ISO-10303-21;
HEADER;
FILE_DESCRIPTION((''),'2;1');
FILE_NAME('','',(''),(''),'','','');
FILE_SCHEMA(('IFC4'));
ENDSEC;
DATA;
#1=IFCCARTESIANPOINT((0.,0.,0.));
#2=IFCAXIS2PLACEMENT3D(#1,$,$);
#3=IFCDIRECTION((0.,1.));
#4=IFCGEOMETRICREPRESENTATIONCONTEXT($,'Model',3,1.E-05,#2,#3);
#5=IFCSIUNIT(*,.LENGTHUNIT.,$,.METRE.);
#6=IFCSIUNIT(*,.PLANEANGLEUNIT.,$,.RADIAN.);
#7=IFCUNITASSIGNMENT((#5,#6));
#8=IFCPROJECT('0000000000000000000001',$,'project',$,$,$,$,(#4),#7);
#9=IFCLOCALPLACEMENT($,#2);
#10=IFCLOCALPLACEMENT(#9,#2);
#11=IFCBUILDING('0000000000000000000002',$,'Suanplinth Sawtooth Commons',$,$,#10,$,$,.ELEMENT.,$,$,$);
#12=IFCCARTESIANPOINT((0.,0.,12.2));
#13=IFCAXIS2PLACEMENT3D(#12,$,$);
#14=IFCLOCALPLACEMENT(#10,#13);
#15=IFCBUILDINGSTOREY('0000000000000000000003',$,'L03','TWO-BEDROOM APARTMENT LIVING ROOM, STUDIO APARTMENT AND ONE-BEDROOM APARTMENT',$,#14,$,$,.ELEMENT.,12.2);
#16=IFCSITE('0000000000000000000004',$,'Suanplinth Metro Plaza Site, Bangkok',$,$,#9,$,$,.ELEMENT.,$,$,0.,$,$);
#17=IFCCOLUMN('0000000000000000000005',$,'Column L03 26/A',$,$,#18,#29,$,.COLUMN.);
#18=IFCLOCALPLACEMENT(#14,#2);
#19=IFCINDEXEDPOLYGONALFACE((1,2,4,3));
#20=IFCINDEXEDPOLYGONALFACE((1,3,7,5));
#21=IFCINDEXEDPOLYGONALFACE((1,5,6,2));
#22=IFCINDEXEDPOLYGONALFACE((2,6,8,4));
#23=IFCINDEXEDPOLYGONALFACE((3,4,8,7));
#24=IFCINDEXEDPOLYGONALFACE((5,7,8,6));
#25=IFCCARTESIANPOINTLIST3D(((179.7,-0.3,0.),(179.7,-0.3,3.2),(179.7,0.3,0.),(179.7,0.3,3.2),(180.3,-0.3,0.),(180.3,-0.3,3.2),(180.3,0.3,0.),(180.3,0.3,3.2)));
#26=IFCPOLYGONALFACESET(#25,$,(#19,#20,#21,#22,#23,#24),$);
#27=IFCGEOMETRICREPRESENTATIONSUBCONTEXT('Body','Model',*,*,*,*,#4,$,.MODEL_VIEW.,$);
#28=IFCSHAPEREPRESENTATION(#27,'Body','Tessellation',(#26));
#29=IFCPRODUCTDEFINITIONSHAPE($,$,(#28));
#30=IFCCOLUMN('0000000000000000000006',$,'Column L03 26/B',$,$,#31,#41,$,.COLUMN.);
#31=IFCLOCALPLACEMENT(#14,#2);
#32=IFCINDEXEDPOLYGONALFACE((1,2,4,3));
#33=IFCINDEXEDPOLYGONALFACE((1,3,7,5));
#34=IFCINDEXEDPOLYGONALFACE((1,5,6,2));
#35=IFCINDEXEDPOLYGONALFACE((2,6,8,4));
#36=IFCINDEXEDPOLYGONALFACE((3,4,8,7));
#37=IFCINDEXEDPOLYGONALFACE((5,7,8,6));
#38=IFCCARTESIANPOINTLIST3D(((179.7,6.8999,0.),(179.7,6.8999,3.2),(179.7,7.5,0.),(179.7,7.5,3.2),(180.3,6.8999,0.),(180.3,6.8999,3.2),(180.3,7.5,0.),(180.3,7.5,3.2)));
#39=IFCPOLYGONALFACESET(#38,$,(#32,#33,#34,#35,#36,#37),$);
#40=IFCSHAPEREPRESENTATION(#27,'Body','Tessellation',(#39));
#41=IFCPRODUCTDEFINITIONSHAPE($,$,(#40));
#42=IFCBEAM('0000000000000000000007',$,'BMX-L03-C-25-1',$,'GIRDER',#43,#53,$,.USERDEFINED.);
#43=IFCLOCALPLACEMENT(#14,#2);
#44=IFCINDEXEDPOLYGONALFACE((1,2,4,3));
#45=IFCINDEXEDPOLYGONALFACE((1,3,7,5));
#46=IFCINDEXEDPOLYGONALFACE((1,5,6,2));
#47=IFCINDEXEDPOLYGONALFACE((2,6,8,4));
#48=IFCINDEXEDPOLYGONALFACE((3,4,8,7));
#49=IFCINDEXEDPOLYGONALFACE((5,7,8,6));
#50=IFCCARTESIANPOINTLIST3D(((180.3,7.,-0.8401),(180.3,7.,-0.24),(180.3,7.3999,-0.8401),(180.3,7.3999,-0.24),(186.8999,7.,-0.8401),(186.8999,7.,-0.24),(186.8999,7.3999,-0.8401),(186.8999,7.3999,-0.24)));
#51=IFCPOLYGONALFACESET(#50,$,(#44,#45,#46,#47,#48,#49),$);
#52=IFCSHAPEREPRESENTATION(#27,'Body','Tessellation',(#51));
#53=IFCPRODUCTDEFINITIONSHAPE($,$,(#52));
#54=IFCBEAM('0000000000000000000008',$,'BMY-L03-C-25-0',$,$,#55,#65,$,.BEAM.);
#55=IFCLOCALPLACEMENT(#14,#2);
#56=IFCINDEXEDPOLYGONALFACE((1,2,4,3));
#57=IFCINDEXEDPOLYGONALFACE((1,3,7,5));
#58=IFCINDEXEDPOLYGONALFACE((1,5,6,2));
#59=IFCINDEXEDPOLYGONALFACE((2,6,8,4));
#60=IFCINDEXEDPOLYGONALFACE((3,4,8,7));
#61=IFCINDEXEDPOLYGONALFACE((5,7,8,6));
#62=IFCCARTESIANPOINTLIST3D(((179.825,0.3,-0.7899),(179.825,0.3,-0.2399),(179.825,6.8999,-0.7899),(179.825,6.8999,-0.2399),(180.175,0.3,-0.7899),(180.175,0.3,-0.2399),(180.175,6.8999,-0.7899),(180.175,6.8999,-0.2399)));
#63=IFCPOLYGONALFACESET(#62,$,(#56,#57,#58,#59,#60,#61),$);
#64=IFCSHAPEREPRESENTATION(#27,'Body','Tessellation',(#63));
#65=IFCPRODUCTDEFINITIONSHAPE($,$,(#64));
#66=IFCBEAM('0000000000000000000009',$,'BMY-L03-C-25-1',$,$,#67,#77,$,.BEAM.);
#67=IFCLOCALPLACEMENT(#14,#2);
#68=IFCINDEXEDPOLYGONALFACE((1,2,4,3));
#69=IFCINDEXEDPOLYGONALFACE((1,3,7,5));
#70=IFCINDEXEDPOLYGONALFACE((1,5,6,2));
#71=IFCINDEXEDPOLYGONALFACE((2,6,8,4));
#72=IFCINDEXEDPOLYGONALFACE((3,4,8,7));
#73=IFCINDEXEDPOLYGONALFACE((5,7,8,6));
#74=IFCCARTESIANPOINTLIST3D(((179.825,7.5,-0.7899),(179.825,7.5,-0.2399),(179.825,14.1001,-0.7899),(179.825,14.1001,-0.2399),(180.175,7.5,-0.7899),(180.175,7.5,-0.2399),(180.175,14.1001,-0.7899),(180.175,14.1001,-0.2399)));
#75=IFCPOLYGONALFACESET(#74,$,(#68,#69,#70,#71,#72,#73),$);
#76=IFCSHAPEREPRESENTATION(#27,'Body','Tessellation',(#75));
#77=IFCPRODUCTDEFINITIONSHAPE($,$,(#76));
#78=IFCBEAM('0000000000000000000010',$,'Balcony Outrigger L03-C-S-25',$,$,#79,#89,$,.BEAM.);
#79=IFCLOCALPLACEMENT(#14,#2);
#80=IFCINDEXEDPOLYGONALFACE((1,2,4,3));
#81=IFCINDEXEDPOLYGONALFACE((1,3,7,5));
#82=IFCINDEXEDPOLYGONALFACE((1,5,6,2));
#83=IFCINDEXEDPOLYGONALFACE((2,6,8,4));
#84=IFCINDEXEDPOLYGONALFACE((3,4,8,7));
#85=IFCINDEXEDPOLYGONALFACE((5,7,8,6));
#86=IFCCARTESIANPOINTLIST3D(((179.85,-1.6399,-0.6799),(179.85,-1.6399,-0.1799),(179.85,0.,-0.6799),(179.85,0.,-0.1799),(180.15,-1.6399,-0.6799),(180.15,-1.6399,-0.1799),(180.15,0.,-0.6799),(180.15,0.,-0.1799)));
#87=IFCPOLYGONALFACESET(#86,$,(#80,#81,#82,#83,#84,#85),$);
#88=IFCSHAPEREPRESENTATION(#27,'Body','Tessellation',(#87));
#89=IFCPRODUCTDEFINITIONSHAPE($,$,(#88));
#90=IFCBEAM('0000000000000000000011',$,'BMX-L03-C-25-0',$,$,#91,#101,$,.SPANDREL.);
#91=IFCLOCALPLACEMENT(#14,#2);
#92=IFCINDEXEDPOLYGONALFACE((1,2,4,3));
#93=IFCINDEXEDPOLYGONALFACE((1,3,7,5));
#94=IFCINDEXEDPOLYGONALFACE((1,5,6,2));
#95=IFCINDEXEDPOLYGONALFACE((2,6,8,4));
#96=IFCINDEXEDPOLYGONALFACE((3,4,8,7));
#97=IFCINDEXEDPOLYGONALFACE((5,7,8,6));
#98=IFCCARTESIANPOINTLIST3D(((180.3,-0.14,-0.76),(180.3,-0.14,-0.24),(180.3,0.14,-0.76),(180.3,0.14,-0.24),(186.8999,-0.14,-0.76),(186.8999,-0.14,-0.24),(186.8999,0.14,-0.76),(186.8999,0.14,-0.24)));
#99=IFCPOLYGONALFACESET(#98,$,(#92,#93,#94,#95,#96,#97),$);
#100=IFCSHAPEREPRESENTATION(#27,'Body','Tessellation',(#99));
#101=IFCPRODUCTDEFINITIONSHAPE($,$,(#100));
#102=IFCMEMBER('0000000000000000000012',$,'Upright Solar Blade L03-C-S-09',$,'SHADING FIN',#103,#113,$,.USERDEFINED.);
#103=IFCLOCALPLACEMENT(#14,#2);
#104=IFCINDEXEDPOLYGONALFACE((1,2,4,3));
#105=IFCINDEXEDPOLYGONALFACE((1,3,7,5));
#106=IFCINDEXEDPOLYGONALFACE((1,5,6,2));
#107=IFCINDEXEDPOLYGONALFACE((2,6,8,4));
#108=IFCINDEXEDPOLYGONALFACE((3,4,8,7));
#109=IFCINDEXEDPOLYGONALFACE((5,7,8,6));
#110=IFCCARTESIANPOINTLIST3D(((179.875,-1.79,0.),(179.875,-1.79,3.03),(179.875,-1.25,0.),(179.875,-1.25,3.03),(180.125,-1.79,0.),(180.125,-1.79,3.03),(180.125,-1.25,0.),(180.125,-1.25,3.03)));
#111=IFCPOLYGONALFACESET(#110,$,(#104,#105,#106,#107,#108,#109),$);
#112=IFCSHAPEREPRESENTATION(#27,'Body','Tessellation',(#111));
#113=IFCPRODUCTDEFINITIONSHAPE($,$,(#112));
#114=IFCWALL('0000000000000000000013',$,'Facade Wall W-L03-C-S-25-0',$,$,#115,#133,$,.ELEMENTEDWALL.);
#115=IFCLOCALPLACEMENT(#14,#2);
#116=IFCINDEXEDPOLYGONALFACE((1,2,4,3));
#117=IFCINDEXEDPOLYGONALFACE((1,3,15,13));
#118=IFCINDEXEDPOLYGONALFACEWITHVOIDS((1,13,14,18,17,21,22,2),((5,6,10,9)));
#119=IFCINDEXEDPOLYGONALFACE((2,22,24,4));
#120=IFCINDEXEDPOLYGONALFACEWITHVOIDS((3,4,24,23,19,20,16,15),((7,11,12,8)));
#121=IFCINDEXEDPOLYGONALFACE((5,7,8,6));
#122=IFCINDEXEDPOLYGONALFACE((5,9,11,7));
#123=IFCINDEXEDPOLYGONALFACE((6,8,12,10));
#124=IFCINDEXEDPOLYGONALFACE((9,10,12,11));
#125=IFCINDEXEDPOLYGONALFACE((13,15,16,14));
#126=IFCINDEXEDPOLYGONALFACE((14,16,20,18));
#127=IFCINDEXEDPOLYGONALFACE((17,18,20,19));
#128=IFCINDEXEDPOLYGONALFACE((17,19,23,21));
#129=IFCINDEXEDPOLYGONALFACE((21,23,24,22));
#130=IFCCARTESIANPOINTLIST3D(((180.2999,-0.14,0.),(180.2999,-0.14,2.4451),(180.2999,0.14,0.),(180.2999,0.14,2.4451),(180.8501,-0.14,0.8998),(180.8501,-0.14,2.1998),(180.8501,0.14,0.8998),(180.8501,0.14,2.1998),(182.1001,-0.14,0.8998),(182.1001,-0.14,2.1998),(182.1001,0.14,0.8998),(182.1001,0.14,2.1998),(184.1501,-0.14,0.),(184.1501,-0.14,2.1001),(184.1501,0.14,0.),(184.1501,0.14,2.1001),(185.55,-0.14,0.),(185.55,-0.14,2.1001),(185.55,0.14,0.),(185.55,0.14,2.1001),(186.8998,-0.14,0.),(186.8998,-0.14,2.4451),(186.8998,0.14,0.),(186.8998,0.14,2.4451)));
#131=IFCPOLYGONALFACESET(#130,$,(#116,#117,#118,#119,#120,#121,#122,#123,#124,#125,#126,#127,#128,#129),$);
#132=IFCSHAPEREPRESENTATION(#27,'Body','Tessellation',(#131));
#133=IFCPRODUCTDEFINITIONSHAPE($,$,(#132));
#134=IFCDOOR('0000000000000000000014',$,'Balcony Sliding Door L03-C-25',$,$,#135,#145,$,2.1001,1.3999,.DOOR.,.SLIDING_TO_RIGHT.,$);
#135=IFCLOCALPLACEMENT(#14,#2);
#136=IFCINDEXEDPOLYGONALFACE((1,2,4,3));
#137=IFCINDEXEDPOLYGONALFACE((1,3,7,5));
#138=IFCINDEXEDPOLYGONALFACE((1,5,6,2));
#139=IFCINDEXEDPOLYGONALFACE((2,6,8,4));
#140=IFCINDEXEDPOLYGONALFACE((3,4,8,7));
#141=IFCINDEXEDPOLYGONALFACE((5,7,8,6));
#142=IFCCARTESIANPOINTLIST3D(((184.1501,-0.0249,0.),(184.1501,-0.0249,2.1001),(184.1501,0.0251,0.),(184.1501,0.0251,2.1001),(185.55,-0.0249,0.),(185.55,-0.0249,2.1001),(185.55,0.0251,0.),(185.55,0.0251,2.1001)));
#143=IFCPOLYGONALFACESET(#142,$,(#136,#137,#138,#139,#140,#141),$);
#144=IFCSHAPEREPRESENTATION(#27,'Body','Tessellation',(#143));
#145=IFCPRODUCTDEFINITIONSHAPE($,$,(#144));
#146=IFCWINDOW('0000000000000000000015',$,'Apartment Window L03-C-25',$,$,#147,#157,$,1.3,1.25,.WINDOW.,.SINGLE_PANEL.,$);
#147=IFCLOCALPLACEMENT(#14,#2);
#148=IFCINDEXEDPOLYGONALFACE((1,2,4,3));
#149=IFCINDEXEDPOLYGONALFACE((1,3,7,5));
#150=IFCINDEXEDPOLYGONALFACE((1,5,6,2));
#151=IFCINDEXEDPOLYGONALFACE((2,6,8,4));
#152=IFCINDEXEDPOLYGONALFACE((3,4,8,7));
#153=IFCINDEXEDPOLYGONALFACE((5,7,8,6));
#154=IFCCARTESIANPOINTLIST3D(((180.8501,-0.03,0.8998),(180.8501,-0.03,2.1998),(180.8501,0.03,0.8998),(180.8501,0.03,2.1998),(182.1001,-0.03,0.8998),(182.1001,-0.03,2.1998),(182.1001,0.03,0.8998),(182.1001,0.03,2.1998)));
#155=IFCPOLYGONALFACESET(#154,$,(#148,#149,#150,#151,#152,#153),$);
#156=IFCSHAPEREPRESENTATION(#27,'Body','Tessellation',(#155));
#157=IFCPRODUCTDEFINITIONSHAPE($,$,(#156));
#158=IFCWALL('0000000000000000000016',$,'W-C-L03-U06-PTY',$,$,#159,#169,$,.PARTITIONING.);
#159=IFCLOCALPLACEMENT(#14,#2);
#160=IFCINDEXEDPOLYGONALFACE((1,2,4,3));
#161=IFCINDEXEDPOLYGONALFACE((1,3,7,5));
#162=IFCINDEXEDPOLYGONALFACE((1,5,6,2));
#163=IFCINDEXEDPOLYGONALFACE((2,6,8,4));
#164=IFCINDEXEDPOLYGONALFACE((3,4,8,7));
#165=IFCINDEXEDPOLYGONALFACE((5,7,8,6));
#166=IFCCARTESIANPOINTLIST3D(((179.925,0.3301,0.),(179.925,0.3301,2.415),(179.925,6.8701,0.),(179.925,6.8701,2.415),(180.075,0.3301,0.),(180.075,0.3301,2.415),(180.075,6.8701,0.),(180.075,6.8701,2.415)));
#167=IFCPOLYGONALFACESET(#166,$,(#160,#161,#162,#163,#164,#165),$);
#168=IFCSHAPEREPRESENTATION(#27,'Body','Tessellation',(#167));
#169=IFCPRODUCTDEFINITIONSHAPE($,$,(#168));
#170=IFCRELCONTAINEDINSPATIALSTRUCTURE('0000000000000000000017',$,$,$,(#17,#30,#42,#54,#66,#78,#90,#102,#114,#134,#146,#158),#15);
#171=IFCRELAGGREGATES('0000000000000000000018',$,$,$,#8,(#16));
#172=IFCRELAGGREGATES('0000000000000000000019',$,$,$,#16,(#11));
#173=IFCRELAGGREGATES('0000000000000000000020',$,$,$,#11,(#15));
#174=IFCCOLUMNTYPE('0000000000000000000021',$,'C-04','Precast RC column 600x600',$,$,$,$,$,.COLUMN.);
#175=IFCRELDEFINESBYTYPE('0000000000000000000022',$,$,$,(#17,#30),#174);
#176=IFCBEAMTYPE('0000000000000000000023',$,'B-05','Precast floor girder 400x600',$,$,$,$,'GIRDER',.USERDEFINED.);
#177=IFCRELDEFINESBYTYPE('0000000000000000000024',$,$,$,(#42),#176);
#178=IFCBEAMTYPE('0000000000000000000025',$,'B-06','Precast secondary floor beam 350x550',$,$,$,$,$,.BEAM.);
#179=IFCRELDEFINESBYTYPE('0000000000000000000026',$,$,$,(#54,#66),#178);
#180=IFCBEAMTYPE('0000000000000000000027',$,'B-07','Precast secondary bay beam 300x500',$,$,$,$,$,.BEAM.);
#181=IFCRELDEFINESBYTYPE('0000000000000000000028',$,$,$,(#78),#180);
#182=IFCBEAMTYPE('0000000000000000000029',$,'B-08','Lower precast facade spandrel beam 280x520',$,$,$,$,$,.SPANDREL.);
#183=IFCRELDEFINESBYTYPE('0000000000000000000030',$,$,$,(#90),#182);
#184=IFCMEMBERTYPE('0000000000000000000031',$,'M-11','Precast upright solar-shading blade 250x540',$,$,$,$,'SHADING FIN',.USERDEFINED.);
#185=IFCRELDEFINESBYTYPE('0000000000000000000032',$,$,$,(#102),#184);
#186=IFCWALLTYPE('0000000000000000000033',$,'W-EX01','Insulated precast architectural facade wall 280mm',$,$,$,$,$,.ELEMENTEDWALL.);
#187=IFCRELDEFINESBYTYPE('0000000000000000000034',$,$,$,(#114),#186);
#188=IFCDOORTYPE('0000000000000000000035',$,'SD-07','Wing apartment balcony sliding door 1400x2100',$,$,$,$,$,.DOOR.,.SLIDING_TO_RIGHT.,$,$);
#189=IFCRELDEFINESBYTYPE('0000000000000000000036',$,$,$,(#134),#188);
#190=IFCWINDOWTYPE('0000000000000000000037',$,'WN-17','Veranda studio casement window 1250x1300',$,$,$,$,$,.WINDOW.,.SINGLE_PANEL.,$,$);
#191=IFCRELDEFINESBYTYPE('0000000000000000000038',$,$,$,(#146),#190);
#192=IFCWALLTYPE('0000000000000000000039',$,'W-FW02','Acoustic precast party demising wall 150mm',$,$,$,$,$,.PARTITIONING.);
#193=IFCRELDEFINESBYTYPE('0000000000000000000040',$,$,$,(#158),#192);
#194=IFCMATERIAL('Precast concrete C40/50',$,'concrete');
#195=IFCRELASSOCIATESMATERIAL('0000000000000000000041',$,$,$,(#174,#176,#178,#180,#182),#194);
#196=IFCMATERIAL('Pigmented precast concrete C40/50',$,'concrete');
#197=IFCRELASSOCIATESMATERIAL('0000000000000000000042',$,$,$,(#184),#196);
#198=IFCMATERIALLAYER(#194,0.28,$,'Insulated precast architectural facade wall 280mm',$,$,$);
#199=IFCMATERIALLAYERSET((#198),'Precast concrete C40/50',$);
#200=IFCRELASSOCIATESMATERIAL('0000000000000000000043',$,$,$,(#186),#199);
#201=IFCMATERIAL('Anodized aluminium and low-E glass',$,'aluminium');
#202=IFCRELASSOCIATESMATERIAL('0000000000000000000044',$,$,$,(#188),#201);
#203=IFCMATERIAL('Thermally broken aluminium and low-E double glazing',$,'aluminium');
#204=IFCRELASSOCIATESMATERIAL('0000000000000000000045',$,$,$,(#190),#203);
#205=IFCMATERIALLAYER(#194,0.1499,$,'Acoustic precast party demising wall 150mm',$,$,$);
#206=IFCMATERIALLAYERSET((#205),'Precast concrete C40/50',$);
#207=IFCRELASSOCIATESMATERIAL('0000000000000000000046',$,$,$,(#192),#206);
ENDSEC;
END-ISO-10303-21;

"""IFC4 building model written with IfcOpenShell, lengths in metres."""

from ifc_helpers import new_model, si_unit, direction, frame, frame_2d, origin, origin_2d, place, context, subcontext, project, spatial, rectangle, extrude, material, layer, layer_set, material_profile, profile_set, type_object, element, fill, save


model = new_model("IFC4")

# Units and contexts
model_context = context("Model", 3, precision=1e-05, world=origin(), true_north=direction((0.0, 1.0)))
body_context = subcontext(model_context, "Body", "Model", "MODEL_VIEW")
ifc_project = project(units=[si_unit("LENGTHUNIT", "METRE"), si_unit("PLANEANGLEUNIT", "RADIAN")], contexts=[model_context])

# Site, building, storey
site_placement = place(None, origin())
site = spatial("IfcSite", under=ifc_project, at=site_placement, Name="Suanplinth Metro Plaza Site, Bangkok", CompositionType="ELEMENT", RefElevation=0.0)
building_placement = place(site_placement, origin())
building = spatial("IfcBuilding", under=site, at=building_placement, Name="Suanplinth Sawtooth Commons", CompositionType="ELEMENT")
storey_placement = place(building_placement, frame((0.0, 0.0, 12.2)))
storey = spatial("IfcBuildingStorey", under=building, at=storey_placement, Name="L03", Description="TWO-BEDROOM APARTMENT LIVING ROOM, STUDIO APARTMENT AND ONE-BEDROOM APARTMENT", CompositionType="ELEMENT", Elevation=12.2)

# Columns
ifc_material_1 = material(Name="Precast concrete C40/50", Category="concrete")
ifc_material_profile_1 = material_profile(ifc_material_1, rectangle(XDim=0.6001, YDim=0.6001, at=origin_2d()), Name="PC-COL 600x600")
ifc_profile_set_1 = profile_set([ifc_material_profile_1], Name="Precast concrete C40/50")
column_type = type_object("IfcColumnType", Name="C-04", Description="Precast RC column 600x600", PredefinedType="COLUMN", material=ifc_profile_set_1)
for number, where, z_axis, x_axis, name in (
    (1, (180.0, 0.0, 0.0), (0.0, 0.0, 1.0), (1.0, 0.0, 0.0), "Column L03 26/A"),
    (2, (180.0, 7.2, 0.0), (0.0, 0.0, 1.0), (1.0, 0.0, 0.0), "Column L03 26/B"),
):
    element("IfcColumn", number, at=place(storey_placement, frame(where, z_axis=z_axis, x_axis=x_axis)), inside=storey, type_object=column_type, Name=name, PredefinedType="COLUMN", context=body_context, shape_type="SweptSolid", body=[
        extrude(rectangle(XDim=0.6001, YDim=0.6001, at=origin_2d()), origin(), (0.0, 0.0, 1.0), 3.2),
    ])

# Beams
ifc_material_profile_2 = material_profile(ifc_material_1, rectangle(XDim=0.3999, YDim=0.6001, at=origin_2d()), Name="PC-GDR 400x600")
ifc_profile_set_2 = profile_set([ifc_material_profile_2], Name="Precast concrete C40/50")
beam_type_1 = type_object("IfcBeamType", Name="B-05", Description="Precast floor girder 400x600", ElementType="GIRDER", PredefinedType="USERDEFINED", material=ifc_profile_set_2)
beam_1_placement = place(storey_placement, frame((180.3, 7.2, -0.54), z_axis=(1.0, 0.0, 0.0), x_axis=(0.0, 1.0, 0.0)))
element("IfcBeam", 3, at=beam_1_placement, inside=storey, type_object=beam_type_1, Name="BMX-L03-C-25-1", ObjectType="GIRDER", PredefinedType="USERDEFINED", context=body_context, shape_type="SweptSolid", body=[
    extrude(rectangle(XDim=0.3999, YDim=0.6001, at=origin_2d()), origin(), (0.0, 0.0, 1.0), 6.5999),
])
ifc_material_profile_3 = material_profile(ifc_material_1, rectangle(XDim=0.3501, YDim=0.55, at=origin_2d()), Name="PC-BM 350x550")
ifc_profile_set_3 = profile_set([ifc_material_profile_3], Name="Precast concrete C40/50")
beam_type_2 = type_object("IfcBeamType", Name="B-06", Description="Precast secondary floor beam 350x550", PredefinedType="BEAM", material=ifc_profile_set_3)
beam_2_placement = place(storey_placement, frame((180.0, 0.3, -0.5149), z_axis=(0.0, 1.0, 0.0), x_axis=(-1.0, 0.0, 0.0)))
element("IfcBeam", 4, at=beam_2_placement, inside=storey, type_object=beam_type_2, Name="BMY-L03-C-25-0", PredefinedType="BEAM", context=body_context, shape_type="SweptSolid", body=[
    extrude(rectangle(XDim=0.3501, YDim=0.55, at=origin_2d()), origin(), (0.0, 0.0, 1.0), 6.5999),
])
beam_3_placement = place(storey_placement, frame((180.0, 7.5, -0.5149), z_axis=(0.0, 1.0, 0.0), x_axis=(-1.0, 0.0, 0.0)))
element("IfcBeam", 5, at=beam_3_placement, inside=storey, type_object=beam_type_2, Name="BMY-L03-C-25-1", PredefinedType="BEAM", context=body_context, shape_type="SweptSolid", body=[
    extrude(rectangle(XDim=0.3501, YDim=0.55, at=origin_2d()), origin(), (0.0, 0.0, 1.0), 6.6001),
])
ifc_material_profile_4 = material_profile(ifc_material_1, rectangle(XDim=0.3, YDim=0.5, at=origin_2d()), Name="PC-BM 300x500")
ifc_profile_set_4 = profile_set([ifc_material_profile_4], Name="Precast concrete C40/50")
beam_type_3 = type_object("IfcBeamType", Name="B-07", Description="Precast secondary bay beam 300x500", PredefinedType="BEAM", material=ifc_profile_set_4)
beam_4_placement = place(storey_placement, frame((180.0, 0.0, -0.4299), z_axis=(0.0, -1.0, 0.0), x_axis=(1.0, 0.0, 0.0)))
element("IfcBeam", 6, at=beam_4_placement, inside=storey, type_object=beam_type_3, Name="Balcony Outrigger L03-C-S-25", PredefinedType="BEAM", context=body_context, shape_type="SweptSolid", body=[
    extrude(rectangle(XDim=0.3, YDim=0.5, at=origin_2d()), origin(), (0.0, 0.0, 1.0), 1.6399),
])
ifc_material_profile_5 = material_profile(ifc_material_1, rectangle(XDim=0.28, YDim=0.52, at=origin_2d()), Name="PC-SP 280x520")
ifc_profile_set_5 = profile_set([ifc_material_profile_5], Name="Precast concrete C40/50")
beam_type_4 = type_object("IfcBeamType", Name="B-08", Description="Lower precast facade spandrel beam 280x520", PredefinedType="SPANDREL", material=ifc_profile_set_5)
beam_5_placement = place(storey_placement, frame((180.3, 0.0, -0.5), z_axis=(1.0, 0.0, 0.0), x_axis=(0.0, 1.0, 0.0)))
element("IfcBeam", 7, at=beam_5_placement, inside=storey, type_object=beam_type_4, Name="BMX-L03-C-25-0", PredefinedType="SPANDREL", context=body_context, shape_type="SweptSolid", body=[
    extrude(rectangle(XDim=0.28, YDim=0.52, at=origin_2d()), origin(), (0.0, 0.0, 1.0), 6.5999),
])

# Member
ifc_material_2 = material(Name="Pigmented precast concrete C40/50", Category="concrete")
ifc_material_profile_6 = material_profile(ifc_material_2, rectangle(XDim=0.25, YDim=0.54, at=origin_2d()), Name="PC-FIN 250x540")
ifc_profile_set_6 = profile_set([ifc_material_profile_6], Name="Pigmented precast concrete C40/50")
member_type = type_object("IfcMemberType", Name="M-11", Description="Precast upright solar-shading blade 250x540", ElementType="SHADING FIN", PredefinedType="USERDEFINED", material=ifc_profile_set_6)
member_placement = place(storey_placement, frame((180.0, -1.52, 0.0), z_axis=(0.0, 0.0, 1.0), x_axis=(1.0, 0.0, 0.0)))
element("IfcMember", 8, at=member_placement, inside=storey, type_object=member_type, Name="Upright Solar Blade L03-C-S-09", ObjectType="SHADING FIN", PredefinedType="USERDEFINED", context=body_context, shape_type="SweptSolid", body=[
    extrude(rectangle(XDim=0.25, YDim=0.54, at=origin_2d()), origin(), (0.0, 0.0, 1.0), 3.03),
])

# Wall, openings, door, window
ifc_layer_1 = layer(ifc_material_1, 0.28, Name="Insulated precast architectural facade wall 280mm")
ifc_layer_set_1 = layer_set([ifc_layer_1], Name="Precast concrete C40/50")
wall_type_1 = type_object("IfcWallType", Name="W-EX01", Description="Insulated precast architectural facade wall 280mm", PredefinedType="ELEMENTEDWALL", material=ifc_layer_set_1)
wall_1_placement = place(storey_placement, frame((180.3, 0.0, 0.0), z_axis=(0.0, 0.0, 1.0), x_axis=(1.0, 0.0, 0.0)))
wall_1 = element("IfcWall", 9, at=wall_1_placement, inside=storey, type_object=wall_type_1, Name="Facade Wall W-L03-C-S-25-0", PredefinedType="ELEMENTEDWALL", context=body_context, shape_type="SweptSolid", body=[
    extrude(rectangle(XDim=6.5999, YDim=0.28, at=frame_2d((3.2998, 0.0))), origin(), (0.0, 0.0, 1.0), 2.4451),
])
opening_1_placement = place(wall_1_placement, frame((3.8501, 0.0, 0.0)))
opening_1 = element("IfcOpeningElement", 10, at=opening_1_placement, cuts=wall_1, PredefinedType="OPENING", context=body_context, shape_type="SweptSolid", body=[
    extrude(rectangle(XDim=1.3999, YDim=2.1001, at=frame_2d((0.7, 1.05))), frame((0.0, 0.1548, 0.0), z_axis=(0.0, -1.0, 0.0), x_axis=(1.0, 0.0, 0.0)), (0.0, 0.0, 1.0), 0.3098),
])
opening_2_placement = place(wall_1_placement, frame((0.55, 0.0, 0.8999)))
opening_2 = element("IfcOpeningElement", 11, at=opening_2_placement, cuts=wall_1, PredefinedType="OPENING", context=body_context, shape_type="SweptSolid", body=[
    extrude(rectangle(XDim=1.25, YDim=1.3, at=frame_2d((0.625, 0.6499))), frame((0.0, 0.1548, 0.0), z_axis=(0.0, -1.0, 0.0), x_axis=(1.0, 0.0, 0.0)), (0.0, 0.0, 1.0), 0.3098),
])
ifc_material_3 = material(Name="Anodized aluminium and low-E glass", Category="aluminium")
door_type_1 = type_object("IfcDoorType", Name="SD-07", Description="Wing apartment balcony sliding door 1400x2100", OperationType="SLIDING_TO_RIGHT", PredefinedType="DOOR", material=ifc_material_3)
door_1_placement = place(opening_1_placement, frame((1.3999, 0.0, 0.0), z_axis=(0.0, 0.0, 1.0), x_axis=(-1.0, 0.0, 0.0)))
door_1 = element("IfcDoor", 12, at=door_1_placement, inside=storey, type_object=door_type_1, Name="Balcony Sliding Door L03-C-25", OperationType="SLIDING_TO_RIGHT", OverallHeight=2.1001, OverallWidth=1.3999, PredefinedType="DOOR", context=body_context, shape_type="SweptSolid", body=[
    extrude(rectangle(XDim=1.3999, YDim=2.1001, at=frame_2d((0.7, 1.05))), frame((0.0, 0.0249, 0.0), z_axis=(0.0, -1.0, 0.0), x_axis=(1.0, 0.0, 0.0)), (0.0, 0.0, 1.0), 0.05),
])
fill(opening_1, door_1)
ifc_material_4 = material(Name="Thermally broken aluminium and low-E double glazing", Category="aluminium")
window_type = type_object("IfcWindowType", Name="WN-17", Description="Veranda studio casement window 1250x1300", PartitioningType="SINGLE_PANEL", PredefinedType="WINDOW", material=ifc_material_4)
window_placement = place(opening_2_placement, origin())
window = element("IfcWindow", 13, at=window_placement, inside=storey, type_object=window_type, Name="Apartment Window L03-C-25", OverallHeight=1.3, OverallWidth=1.25, PartitioningType="SINGLE_PANEL", PredefinedType="WINDOW", context=body_context, shape_type="SweptSolid", body=[
    extrude(rectangle(XDim=1.25, YDim=1.3, at=frame_2d((0.625, 0.6499))), frame((0.0, 0.03, 0.0), z_axis=(0.0, -1.0, 0.0), x_axis=(1.0, 0.0, 0.0)), (0.0, 0.0, 1.0), 0.0601),
])
fill(opening_2, window)

# Wall
ifc_layer_2 = layer(ifc_material_1, 0.1499, Name="Acoustic precast party demising wall 150mm")
ifc_layer_set_2 = layer_set([ifc_layer_2], Name="Precast concrete C40/50")
wall_type_2 = type_object("IfcWallType", Name="W-FW02", Description="Acoustic precast party demising wall 150mm", PredefinedType="PARTITIONING", material=ifc_layer_set_2)
wall_2_placement = place(storey_placement, frame((180.0, 0.3301, 0.0), z_axis=(0.0, 0.0, 1.0), x_axis=(0.0, 1.0, 0.0)))
element("IfcWall", 14, at=wall_2_placement, inside=storey, type_object=wall_type_2, Name="W-C-L03-U06-PTY", PredefinedType="PARTITIONING", context=body_context, shape_type="SweptSolid", body=[
    extrude(rectangle(XDim=6.54, YDim=0.1499, at=frame_2d((3.27, 0.0))), origin(), (0.0, 0.0, 1.0), 2.415),
])

save(model, "model.ifc")
